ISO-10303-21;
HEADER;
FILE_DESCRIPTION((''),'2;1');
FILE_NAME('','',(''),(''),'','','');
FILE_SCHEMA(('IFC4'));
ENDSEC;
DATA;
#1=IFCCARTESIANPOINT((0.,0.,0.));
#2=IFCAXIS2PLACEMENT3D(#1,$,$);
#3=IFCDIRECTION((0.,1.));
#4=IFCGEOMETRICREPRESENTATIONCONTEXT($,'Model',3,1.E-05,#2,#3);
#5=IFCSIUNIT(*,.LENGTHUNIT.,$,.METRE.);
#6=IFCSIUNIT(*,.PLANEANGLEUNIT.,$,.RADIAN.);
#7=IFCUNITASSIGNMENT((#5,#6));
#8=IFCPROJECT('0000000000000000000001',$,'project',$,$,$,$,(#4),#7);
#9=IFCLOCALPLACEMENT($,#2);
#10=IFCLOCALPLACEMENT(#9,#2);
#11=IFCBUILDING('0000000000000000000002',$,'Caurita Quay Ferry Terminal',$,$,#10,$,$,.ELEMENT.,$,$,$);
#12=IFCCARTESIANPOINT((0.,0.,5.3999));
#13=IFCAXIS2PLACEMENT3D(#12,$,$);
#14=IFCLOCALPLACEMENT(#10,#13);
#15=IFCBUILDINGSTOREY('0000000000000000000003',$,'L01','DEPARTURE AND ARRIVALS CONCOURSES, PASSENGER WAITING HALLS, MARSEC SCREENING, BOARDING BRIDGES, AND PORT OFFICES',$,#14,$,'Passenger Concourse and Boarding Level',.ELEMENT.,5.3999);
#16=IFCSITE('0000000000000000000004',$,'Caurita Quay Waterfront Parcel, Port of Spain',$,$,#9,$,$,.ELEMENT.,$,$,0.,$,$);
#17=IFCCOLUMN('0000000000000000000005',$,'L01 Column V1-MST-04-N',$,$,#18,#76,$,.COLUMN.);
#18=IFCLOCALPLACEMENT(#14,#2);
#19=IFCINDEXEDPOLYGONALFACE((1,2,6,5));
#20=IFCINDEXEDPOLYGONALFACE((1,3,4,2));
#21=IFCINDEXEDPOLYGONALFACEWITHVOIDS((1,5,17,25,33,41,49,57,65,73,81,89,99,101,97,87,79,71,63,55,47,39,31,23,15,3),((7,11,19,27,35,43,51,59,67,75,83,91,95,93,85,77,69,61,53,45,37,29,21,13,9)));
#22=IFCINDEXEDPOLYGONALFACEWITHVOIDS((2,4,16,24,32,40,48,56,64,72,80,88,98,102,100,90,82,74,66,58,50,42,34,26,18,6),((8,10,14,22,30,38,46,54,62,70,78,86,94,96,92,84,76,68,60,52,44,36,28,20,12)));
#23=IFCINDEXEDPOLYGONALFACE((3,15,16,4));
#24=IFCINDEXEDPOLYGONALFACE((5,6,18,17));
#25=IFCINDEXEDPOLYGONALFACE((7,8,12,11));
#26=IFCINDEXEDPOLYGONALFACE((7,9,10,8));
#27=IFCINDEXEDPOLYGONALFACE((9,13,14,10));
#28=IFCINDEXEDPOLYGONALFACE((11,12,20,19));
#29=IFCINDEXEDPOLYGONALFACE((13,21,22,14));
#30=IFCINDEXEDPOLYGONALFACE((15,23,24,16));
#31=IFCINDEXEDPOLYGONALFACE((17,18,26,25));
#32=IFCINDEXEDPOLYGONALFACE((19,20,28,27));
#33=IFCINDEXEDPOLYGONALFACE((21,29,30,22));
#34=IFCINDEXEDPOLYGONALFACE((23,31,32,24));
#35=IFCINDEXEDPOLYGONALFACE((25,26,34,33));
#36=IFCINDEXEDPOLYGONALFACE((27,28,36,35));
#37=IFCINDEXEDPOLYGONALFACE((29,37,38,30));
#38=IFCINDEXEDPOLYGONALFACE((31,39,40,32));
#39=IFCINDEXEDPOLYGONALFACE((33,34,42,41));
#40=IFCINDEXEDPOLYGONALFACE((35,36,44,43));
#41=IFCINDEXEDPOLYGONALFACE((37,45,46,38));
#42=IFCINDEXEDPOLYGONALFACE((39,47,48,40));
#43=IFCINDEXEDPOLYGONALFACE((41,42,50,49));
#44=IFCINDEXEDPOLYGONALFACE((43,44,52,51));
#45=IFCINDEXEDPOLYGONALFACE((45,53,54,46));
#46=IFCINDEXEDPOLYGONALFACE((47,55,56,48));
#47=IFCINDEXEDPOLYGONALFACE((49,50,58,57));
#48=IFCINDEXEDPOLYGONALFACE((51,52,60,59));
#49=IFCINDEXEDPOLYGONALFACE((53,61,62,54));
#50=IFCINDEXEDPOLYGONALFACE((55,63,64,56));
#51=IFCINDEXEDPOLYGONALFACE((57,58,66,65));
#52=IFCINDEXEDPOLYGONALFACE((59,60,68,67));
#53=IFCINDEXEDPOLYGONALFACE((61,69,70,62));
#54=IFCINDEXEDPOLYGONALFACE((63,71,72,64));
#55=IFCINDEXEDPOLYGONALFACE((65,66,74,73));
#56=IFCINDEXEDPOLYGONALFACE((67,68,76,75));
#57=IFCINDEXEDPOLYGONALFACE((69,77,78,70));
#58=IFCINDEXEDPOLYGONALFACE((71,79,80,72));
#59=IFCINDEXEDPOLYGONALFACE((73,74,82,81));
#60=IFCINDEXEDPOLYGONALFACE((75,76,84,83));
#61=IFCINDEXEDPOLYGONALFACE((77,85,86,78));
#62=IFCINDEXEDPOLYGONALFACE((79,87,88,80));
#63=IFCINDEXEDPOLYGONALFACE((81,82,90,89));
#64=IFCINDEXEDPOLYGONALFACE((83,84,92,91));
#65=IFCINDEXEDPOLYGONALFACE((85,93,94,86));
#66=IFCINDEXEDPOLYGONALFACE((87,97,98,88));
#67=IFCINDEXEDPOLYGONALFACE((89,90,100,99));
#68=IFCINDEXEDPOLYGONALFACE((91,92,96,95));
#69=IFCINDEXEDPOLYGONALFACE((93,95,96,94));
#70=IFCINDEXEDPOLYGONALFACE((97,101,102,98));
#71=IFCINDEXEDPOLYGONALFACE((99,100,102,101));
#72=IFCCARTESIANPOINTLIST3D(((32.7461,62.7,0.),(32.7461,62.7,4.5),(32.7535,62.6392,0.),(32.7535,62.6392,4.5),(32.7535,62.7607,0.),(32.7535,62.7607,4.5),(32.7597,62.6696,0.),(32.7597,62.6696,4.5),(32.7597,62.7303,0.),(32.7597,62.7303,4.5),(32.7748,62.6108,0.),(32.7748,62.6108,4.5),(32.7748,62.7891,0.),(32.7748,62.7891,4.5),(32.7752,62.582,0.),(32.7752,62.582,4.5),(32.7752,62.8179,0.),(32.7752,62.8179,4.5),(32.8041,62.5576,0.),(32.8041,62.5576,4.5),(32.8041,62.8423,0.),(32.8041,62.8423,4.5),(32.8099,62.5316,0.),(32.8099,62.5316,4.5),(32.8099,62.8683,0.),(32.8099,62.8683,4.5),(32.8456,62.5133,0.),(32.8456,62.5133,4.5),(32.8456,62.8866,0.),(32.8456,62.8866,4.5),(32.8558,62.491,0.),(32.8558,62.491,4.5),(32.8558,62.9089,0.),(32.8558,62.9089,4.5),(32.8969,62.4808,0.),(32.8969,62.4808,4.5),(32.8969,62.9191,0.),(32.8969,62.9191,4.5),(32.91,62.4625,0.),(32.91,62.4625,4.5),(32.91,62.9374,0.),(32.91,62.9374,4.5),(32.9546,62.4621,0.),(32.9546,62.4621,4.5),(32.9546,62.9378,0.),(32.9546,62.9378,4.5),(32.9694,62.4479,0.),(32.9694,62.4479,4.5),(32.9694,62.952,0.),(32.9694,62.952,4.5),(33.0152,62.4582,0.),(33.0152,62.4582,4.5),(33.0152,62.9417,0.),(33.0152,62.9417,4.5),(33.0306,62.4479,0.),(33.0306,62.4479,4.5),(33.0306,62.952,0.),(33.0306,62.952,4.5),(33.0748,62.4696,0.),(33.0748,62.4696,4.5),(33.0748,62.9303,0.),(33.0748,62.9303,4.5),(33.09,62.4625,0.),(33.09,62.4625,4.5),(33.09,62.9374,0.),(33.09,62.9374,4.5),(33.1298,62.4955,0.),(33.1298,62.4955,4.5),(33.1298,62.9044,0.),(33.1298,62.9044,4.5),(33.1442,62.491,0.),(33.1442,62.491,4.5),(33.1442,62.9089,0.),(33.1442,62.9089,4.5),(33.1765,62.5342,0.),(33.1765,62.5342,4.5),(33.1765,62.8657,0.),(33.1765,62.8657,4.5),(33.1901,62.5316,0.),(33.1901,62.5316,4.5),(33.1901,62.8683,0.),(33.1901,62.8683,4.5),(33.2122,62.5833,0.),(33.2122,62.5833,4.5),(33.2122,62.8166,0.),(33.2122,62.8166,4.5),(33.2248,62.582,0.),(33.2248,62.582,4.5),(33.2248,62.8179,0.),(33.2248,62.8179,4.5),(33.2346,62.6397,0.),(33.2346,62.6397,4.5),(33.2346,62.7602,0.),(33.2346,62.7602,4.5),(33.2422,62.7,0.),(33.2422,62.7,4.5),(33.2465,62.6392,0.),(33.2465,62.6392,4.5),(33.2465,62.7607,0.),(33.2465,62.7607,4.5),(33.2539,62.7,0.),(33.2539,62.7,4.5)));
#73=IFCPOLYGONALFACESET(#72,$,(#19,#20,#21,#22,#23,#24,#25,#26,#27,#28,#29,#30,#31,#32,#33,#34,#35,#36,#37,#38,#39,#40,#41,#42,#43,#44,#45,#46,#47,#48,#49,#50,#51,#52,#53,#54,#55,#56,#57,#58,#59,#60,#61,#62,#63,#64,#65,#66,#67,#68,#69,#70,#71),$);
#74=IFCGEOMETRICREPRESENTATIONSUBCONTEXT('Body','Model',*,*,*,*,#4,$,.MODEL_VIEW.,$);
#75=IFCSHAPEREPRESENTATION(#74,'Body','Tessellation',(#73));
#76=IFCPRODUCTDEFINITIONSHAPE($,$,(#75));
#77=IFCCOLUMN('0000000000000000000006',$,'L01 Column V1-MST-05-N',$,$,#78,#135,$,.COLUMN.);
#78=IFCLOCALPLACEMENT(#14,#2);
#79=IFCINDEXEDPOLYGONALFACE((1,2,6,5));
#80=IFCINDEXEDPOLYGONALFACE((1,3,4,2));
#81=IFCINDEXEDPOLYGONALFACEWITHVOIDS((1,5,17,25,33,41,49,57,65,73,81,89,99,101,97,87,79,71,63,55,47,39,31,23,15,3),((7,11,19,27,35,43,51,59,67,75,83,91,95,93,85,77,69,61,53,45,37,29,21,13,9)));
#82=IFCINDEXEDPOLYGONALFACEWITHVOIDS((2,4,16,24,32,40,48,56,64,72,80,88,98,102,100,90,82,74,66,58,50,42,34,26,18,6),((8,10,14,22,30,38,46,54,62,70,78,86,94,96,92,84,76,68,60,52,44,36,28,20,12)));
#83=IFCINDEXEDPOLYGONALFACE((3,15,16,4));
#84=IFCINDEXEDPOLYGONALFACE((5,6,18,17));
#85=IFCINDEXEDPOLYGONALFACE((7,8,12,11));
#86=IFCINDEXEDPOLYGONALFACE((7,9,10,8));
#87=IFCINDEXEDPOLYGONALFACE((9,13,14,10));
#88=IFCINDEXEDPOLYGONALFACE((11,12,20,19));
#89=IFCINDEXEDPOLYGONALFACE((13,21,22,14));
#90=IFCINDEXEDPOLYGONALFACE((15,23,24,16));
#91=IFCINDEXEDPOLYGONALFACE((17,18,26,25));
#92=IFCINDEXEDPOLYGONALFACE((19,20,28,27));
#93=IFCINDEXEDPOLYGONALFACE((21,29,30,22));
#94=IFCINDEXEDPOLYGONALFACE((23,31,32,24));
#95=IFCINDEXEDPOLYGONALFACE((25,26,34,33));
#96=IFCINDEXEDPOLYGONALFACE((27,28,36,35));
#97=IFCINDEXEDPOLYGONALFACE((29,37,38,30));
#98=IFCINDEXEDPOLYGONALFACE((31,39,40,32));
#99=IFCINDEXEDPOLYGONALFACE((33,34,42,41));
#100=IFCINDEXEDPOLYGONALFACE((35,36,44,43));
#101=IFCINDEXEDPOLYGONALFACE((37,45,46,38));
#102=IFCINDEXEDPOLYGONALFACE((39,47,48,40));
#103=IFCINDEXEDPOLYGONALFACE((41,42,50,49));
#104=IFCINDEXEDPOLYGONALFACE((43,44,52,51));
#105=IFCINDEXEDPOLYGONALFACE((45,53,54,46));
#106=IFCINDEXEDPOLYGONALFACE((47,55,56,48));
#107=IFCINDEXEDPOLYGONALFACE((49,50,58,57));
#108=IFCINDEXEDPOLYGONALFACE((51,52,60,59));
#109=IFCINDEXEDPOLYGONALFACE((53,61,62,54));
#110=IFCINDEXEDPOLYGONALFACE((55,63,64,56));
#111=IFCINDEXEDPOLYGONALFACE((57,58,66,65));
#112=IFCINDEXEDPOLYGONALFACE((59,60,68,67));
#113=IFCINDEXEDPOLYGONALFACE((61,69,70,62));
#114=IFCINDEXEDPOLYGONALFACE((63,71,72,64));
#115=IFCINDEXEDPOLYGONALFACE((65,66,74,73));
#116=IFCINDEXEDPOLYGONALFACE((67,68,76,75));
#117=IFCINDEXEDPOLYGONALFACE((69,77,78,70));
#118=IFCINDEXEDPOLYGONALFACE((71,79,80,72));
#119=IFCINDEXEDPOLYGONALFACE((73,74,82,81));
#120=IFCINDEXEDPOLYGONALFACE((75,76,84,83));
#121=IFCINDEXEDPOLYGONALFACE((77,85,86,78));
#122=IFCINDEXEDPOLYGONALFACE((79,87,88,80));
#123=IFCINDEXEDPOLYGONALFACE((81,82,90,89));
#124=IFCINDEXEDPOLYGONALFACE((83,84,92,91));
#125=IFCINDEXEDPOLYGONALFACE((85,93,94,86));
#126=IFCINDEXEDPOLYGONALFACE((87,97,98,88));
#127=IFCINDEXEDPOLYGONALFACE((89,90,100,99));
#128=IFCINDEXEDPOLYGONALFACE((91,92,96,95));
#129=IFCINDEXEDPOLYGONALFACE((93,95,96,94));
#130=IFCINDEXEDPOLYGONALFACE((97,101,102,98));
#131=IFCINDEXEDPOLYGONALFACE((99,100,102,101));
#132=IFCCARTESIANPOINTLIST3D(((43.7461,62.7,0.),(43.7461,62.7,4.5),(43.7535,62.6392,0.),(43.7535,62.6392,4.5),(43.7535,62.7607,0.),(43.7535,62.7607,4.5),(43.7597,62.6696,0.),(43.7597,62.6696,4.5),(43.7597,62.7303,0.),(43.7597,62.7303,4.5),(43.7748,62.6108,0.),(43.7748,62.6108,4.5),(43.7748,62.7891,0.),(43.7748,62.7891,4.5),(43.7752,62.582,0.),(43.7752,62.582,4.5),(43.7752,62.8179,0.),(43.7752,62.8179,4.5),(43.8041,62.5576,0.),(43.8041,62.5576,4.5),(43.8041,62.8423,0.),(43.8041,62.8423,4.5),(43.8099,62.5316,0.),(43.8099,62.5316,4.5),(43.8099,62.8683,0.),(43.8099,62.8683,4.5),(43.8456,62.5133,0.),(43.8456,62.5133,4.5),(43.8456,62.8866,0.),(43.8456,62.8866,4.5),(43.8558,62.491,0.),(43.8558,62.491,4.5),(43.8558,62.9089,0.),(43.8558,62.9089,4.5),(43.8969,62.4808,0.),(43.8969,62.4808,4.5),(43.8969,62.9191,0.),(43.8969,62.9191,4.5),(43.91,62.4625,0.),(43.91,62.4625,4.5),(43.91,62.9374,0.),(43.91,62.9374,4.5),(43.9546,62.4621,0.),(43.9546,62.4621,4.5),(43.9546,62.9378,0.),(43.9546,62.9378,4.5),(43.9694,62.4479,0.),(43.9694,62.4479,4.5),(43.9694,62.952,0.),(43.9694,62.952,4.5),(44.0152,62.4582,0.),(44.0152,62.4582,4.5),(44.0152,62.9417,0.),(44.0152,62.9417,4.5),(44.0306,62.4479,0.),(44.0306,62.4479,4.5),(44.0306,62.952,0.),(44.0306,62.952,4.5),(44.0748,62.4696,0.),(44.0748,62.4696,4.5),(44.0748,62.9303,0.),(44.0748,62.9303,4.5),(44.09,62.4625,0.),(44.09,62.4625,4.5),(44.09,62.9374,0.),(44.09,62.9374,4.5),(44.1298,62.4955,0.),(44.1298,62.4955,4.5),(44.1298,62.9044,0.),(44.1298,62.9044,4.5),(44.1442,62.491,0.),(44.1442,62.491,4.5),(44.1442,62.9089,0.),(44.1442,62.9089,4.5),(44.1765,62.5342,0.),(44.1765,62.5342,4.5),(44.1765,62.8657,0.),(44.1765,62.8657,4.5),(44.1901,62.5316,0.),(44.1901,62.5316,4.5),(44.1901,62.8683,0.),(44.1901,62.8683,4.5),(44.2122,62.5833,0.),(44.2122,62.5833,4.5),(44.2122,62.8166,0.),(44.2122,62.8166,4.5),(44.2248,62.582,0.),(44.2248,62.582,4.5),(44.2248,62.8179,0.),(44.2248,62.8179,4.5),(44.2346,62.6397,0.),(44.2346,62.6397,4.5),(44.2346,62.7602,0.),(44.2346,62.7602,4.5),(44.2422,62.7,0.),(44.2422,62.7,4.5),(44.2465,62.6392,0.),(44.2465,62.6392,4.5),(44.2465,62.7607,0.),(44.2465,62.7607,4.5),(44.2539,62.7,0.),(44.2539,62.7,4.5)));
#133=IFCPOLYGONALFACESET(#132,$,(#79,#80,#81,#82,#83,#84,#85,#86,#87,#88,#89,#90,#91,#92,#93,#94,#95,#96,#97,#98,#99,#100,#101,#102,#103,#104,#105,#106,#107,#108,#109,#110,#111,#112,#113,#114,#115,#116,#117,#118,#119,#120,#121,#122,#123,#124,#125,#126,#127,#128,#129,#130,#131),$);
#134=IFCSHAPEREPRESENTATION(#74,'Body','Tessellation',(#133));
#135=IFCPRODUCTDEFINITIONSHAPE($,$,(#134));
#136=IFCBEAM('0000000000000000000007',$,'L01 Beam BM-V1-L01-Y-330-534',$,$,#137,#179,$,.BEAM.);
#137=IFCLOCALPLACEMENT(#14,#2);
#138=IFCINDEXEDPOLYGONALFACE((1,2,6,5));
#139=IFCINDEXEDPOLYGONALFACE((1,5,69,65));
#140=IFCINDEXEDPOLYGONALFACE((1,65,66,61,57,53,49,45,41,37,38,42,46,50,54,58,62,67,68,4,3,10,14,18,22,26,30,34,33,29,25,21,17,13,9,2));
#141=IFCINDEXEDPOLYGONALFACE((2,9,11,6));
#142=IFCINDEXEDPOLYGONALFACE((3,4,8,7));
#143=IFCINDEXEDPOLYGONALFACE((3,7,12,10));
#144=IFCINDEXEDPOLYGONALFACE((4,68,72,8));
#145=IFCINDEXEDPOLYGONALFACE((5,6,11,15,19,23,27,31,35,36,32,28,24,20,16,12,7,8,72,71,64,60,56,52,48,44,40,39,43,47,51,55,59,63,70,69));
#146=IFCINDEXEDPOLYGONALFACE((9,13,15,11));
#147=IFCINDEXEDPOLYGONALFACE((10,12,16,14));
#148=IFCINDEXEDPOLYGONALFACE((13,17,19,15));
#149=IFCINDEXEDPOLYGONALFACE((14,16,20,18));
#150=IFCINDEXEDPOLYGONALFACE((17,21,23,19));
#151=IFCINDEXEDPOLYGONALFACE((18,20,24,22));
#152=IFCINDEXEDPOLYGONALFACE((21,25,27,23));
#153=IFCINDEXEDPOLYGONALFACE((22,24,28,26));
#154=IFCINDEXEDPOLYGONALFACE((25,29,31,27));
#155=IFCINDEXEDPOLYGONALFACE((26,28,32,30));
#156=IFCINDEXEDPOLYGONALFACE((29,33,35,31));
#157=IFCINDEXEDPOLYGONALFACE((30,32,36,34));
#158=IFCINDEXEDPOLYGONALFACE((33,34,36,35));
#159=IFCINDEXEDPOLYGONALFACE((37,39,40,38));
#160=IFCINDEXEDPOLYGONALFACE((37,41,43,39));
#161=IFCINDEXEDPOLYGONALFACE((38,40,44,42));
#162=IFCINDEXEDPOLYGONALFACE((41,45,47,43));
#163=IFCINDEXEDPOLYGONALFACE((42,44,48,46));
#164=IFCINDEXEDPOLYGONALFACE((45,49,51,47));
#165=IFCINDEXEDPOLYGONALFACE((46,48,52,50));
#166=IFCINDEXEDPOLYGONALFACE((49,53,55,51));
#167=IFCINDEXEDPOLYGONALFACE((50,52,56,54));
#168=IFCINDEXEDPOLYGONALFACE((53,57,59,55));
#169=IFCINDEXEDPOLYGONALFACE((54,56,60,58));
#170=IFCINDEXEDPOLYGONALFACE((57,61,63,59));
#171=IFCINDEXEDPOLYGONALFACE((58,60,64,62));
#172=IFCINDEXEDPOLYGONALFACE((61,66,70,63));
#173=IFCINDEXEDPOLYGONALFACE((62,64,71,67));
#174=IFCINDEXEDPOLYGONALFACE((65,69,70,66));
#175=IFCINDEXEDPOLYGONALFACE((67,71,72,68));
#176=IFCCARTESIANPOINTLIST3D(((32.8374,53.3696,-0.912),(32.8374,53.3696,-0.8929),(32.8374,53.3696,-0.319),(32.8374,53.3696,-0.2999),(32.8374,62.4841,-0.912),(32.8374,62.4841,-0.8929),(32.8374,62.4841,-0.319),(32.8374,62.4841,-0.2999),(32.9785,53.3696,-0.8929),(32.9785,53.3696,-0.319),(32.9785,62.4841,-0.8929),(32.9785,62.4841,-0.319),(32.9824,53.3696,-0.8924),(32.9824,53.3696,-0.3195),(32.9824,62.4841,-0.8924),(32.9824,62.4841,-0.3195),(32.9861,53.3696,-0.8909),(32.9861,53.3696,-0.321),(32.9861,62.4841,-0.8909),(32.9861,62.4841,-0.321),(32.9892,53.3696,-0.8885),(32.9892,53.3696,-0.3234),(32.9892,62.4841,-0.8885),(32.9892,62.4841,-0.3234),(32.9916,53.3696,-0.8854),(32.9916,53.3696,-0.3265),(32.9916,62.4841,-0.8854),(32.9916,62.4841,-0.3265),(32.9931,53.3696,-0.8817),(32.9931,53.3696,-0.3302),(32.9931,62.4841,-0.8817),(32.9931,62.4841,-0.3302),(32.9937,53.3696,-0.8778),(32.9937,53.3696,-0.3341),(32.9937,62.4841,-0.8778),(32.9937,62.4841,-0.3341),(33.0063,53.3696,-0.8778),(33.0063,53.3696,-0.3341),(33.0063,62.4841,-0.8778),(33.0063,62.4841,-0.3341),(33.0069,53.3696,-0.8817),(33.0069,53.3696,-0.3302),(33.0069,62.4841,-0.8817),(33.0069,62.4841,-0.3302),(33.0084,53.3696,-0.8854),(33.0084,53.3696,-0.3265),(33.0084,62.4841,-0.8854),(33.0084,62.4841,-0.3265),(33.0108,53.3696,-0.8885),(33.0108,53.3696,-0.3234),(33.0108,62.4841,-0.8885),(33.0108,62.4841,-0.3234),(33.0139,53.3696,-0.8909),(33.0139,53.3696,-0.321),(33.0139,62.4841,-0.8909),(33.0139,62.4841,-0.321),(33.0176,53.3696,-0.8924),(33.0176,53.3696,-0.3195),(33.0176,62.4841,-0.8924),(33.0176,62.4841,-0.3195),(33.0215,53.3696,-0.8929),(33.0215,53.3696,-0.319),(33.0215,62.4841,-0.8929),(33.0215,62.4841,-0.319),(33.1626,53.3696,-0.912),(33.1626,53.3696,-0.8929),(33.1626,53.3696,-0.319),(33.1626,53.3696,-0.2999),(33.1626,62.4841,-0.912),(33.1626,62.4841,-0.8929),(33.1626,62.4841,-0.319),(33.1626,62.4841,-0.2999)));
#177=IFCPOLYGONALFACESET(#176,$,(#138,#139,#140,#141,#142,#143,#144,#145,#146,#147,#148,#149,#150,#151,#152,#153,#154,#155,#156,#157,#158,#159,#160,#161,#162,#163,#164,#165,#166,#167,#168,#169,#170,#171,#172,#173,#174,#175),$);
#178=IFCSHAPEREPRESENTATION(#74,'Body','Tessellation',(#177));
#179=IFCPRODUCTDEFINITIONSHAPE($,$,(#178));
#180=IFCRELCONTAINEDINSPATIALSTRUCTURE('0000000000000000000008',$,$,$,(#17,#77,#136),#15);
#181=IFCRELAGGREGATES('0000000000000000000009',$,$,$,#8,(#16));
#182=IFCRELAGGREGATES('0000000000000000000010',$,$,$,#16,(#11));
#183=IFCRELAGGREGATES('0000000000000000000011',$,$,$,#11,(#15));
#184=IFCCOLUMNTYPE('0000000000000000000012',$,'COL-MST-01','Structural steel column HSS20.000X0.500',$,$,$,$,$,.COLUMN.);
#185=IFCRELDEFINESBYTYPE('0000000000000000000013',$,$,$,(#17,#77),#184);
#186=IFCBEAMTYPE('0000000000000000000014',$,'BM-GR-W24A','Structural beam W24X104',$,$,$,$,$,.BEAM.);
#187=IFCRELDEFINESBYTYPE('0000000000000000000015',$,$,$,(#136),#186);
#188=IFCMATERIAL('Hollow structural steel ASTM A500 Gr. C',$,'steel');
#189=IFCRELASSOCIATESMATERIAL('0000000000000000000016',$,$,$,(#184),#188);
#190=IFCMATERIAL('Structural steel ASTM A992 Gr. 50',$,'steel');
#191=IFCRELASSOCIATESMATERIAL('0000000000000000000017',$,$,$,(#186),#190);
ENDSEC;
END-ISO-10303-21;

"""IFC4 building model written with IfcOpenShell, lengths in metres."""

from ifc_helpers import new_model, si_unit, direction, frame, origin, origin_2d, place, context, subcontext, project, spatial, hollow_circle, i_section, extrude, material, material_profile, profile_set, type_object, element, save


model = new_model("IFC4")

# Units and contexts
model_context = context("Model", 3, precision=1e-05, world=origin(), true_north=direction((0.0, 1.0)))
body_context = subcontext(model_context, "Body", "Model", "MODEL_VIEW")
ifc_project = project(units=[si_unit("LENGTHUNIT", "METRE"), si_unit("PLANEANGLEUNIT", "RADIAN")], contexts=[model_context])

# Site, building, storey
site_placement = place(None, origin())
site = spatial("IfcSite", under=ifc_project, at=site_placement, Name="Caurita Quay Waterfront Parcel, Port of Spain", CompositionType="ELEMENT", RefElevation=0.0)
building_placement = place(site_placement, origin())
building = spatial("IfcBuilding", under=site, at=building_placement, Name="Caurita Quay Ferry Terminal", CompositionType="ELEMENT")
storey_placement = place(building_placement, frame((0.0, 0.0, 5.3999)))
storey = spatial("IfcBuildingStorey", under=building, at=storey_placement, Name="L01", Description="DEPARTURE AND ARRIVALS CONCOURSES, PASSENGER WAITING HALLS, MARSEC SCREENING, BOARDING BRIDGES, AND PORT OFFICES", LongName="Passenger Concourse and Boarding Level", CompositionType="ELEMENT", Elevation=5.3999)

# Columns
ifc_material_1 = material(Name="Hollow structural steel ASTM A500 Gr. C", Category="steel")
ifc_material_profile_1 = material_profile(ifc_material_1, hollow_circle(Radius=0.2539, WallThickness=0.0117, at=origin_2d()), Name="HSS20.000X0.500")
ifc_profile_set_1 = profile_set([ifc_material_profile_1], Name="Hollow structural steel ASTM A500 Gr. C")
column_type = type_object("IfcColumnType", Name="COL-MST-01", Description="Structural steel column HSS20.000X0.500", PredefinedType="COLUMN", material=ifc_profile_set_1)
for number, where, z_axis, x_axis, name in (
    (1, (33.0, 62.7, 0.0), (0.0, 0.0, 1.0), (1.0, 0.0, 0.0), "L01 Column V1-MST-04-N"),
    (2, (44.0, 62.7, 0.0), (0.0, 0.0, 1.0), (1.0, 0.0, 0.0), "L01 Column V1-MST-05-N"),
):
    element("IfcColumn", number, at=place(storey_placement, frame(where, z_axis=z_axis, x_axis=x_axis)), inside=storey, type_object=column_type, Name=name, PredefinedType="COLUMN", context=body_context, shape_type="SweptSolid", body=[
        extrude(hollow_circle(Radius=0.2539, WallThickness=0.0117, at=origin_2d()), origin(), (0.0, 0.0, 1.0), 4.5),
    ])

# Beam
ifc_material_2 = material(Name="Structural steel ASTM A992 Gr. 50", Category="steel")
ifc_material_profile_2 = material_profile(ifc_material_2, i_section(OverallWidth=0.3252, OverallDepth=0.6121, WebThickness=0.0127, FlangeThickness=0.019, FilletRadius=0.0151, at=origin_2d()), Name="W24X104")
ifc_profile_set_2 = profile_set([ifc_material_profile_2], Name="Structural steel ASTM A992 Gr. 50")
beam_type_1 = type_object("IfcBeamType", Name="BM-GR-W24A", Description="Structural beam W24X104", PredefinedType="BEAM", material=ifc_profile_set_2)
beam_1_placement = place(storey_placement, frame((33.0, 53.3696, -0.606), z_axis=(0.0, 1.0, 0.0), x_axis=(-1.0, 0.0, 0.0)))
element("IfcBeam", 3, at=beam_1_placement, inside=storey, type_object=beam_type_1, Name="L01 Beam BM-V1-L01-Y-330-534", PredefinedType="BEAM", context=body_context, shape_type="SweptSolid", body=[
    extrude(i_section(OverallWidth=0.3252, OverallDepth=0.6121, WebThickness=0.0127, FlangeThickness=0.019, FilletRadius=0.0151, at=origin_2d()), origin(), (0.0, 0.0, 1.0), 9.1145),
])

save(model, "model.ifc")
